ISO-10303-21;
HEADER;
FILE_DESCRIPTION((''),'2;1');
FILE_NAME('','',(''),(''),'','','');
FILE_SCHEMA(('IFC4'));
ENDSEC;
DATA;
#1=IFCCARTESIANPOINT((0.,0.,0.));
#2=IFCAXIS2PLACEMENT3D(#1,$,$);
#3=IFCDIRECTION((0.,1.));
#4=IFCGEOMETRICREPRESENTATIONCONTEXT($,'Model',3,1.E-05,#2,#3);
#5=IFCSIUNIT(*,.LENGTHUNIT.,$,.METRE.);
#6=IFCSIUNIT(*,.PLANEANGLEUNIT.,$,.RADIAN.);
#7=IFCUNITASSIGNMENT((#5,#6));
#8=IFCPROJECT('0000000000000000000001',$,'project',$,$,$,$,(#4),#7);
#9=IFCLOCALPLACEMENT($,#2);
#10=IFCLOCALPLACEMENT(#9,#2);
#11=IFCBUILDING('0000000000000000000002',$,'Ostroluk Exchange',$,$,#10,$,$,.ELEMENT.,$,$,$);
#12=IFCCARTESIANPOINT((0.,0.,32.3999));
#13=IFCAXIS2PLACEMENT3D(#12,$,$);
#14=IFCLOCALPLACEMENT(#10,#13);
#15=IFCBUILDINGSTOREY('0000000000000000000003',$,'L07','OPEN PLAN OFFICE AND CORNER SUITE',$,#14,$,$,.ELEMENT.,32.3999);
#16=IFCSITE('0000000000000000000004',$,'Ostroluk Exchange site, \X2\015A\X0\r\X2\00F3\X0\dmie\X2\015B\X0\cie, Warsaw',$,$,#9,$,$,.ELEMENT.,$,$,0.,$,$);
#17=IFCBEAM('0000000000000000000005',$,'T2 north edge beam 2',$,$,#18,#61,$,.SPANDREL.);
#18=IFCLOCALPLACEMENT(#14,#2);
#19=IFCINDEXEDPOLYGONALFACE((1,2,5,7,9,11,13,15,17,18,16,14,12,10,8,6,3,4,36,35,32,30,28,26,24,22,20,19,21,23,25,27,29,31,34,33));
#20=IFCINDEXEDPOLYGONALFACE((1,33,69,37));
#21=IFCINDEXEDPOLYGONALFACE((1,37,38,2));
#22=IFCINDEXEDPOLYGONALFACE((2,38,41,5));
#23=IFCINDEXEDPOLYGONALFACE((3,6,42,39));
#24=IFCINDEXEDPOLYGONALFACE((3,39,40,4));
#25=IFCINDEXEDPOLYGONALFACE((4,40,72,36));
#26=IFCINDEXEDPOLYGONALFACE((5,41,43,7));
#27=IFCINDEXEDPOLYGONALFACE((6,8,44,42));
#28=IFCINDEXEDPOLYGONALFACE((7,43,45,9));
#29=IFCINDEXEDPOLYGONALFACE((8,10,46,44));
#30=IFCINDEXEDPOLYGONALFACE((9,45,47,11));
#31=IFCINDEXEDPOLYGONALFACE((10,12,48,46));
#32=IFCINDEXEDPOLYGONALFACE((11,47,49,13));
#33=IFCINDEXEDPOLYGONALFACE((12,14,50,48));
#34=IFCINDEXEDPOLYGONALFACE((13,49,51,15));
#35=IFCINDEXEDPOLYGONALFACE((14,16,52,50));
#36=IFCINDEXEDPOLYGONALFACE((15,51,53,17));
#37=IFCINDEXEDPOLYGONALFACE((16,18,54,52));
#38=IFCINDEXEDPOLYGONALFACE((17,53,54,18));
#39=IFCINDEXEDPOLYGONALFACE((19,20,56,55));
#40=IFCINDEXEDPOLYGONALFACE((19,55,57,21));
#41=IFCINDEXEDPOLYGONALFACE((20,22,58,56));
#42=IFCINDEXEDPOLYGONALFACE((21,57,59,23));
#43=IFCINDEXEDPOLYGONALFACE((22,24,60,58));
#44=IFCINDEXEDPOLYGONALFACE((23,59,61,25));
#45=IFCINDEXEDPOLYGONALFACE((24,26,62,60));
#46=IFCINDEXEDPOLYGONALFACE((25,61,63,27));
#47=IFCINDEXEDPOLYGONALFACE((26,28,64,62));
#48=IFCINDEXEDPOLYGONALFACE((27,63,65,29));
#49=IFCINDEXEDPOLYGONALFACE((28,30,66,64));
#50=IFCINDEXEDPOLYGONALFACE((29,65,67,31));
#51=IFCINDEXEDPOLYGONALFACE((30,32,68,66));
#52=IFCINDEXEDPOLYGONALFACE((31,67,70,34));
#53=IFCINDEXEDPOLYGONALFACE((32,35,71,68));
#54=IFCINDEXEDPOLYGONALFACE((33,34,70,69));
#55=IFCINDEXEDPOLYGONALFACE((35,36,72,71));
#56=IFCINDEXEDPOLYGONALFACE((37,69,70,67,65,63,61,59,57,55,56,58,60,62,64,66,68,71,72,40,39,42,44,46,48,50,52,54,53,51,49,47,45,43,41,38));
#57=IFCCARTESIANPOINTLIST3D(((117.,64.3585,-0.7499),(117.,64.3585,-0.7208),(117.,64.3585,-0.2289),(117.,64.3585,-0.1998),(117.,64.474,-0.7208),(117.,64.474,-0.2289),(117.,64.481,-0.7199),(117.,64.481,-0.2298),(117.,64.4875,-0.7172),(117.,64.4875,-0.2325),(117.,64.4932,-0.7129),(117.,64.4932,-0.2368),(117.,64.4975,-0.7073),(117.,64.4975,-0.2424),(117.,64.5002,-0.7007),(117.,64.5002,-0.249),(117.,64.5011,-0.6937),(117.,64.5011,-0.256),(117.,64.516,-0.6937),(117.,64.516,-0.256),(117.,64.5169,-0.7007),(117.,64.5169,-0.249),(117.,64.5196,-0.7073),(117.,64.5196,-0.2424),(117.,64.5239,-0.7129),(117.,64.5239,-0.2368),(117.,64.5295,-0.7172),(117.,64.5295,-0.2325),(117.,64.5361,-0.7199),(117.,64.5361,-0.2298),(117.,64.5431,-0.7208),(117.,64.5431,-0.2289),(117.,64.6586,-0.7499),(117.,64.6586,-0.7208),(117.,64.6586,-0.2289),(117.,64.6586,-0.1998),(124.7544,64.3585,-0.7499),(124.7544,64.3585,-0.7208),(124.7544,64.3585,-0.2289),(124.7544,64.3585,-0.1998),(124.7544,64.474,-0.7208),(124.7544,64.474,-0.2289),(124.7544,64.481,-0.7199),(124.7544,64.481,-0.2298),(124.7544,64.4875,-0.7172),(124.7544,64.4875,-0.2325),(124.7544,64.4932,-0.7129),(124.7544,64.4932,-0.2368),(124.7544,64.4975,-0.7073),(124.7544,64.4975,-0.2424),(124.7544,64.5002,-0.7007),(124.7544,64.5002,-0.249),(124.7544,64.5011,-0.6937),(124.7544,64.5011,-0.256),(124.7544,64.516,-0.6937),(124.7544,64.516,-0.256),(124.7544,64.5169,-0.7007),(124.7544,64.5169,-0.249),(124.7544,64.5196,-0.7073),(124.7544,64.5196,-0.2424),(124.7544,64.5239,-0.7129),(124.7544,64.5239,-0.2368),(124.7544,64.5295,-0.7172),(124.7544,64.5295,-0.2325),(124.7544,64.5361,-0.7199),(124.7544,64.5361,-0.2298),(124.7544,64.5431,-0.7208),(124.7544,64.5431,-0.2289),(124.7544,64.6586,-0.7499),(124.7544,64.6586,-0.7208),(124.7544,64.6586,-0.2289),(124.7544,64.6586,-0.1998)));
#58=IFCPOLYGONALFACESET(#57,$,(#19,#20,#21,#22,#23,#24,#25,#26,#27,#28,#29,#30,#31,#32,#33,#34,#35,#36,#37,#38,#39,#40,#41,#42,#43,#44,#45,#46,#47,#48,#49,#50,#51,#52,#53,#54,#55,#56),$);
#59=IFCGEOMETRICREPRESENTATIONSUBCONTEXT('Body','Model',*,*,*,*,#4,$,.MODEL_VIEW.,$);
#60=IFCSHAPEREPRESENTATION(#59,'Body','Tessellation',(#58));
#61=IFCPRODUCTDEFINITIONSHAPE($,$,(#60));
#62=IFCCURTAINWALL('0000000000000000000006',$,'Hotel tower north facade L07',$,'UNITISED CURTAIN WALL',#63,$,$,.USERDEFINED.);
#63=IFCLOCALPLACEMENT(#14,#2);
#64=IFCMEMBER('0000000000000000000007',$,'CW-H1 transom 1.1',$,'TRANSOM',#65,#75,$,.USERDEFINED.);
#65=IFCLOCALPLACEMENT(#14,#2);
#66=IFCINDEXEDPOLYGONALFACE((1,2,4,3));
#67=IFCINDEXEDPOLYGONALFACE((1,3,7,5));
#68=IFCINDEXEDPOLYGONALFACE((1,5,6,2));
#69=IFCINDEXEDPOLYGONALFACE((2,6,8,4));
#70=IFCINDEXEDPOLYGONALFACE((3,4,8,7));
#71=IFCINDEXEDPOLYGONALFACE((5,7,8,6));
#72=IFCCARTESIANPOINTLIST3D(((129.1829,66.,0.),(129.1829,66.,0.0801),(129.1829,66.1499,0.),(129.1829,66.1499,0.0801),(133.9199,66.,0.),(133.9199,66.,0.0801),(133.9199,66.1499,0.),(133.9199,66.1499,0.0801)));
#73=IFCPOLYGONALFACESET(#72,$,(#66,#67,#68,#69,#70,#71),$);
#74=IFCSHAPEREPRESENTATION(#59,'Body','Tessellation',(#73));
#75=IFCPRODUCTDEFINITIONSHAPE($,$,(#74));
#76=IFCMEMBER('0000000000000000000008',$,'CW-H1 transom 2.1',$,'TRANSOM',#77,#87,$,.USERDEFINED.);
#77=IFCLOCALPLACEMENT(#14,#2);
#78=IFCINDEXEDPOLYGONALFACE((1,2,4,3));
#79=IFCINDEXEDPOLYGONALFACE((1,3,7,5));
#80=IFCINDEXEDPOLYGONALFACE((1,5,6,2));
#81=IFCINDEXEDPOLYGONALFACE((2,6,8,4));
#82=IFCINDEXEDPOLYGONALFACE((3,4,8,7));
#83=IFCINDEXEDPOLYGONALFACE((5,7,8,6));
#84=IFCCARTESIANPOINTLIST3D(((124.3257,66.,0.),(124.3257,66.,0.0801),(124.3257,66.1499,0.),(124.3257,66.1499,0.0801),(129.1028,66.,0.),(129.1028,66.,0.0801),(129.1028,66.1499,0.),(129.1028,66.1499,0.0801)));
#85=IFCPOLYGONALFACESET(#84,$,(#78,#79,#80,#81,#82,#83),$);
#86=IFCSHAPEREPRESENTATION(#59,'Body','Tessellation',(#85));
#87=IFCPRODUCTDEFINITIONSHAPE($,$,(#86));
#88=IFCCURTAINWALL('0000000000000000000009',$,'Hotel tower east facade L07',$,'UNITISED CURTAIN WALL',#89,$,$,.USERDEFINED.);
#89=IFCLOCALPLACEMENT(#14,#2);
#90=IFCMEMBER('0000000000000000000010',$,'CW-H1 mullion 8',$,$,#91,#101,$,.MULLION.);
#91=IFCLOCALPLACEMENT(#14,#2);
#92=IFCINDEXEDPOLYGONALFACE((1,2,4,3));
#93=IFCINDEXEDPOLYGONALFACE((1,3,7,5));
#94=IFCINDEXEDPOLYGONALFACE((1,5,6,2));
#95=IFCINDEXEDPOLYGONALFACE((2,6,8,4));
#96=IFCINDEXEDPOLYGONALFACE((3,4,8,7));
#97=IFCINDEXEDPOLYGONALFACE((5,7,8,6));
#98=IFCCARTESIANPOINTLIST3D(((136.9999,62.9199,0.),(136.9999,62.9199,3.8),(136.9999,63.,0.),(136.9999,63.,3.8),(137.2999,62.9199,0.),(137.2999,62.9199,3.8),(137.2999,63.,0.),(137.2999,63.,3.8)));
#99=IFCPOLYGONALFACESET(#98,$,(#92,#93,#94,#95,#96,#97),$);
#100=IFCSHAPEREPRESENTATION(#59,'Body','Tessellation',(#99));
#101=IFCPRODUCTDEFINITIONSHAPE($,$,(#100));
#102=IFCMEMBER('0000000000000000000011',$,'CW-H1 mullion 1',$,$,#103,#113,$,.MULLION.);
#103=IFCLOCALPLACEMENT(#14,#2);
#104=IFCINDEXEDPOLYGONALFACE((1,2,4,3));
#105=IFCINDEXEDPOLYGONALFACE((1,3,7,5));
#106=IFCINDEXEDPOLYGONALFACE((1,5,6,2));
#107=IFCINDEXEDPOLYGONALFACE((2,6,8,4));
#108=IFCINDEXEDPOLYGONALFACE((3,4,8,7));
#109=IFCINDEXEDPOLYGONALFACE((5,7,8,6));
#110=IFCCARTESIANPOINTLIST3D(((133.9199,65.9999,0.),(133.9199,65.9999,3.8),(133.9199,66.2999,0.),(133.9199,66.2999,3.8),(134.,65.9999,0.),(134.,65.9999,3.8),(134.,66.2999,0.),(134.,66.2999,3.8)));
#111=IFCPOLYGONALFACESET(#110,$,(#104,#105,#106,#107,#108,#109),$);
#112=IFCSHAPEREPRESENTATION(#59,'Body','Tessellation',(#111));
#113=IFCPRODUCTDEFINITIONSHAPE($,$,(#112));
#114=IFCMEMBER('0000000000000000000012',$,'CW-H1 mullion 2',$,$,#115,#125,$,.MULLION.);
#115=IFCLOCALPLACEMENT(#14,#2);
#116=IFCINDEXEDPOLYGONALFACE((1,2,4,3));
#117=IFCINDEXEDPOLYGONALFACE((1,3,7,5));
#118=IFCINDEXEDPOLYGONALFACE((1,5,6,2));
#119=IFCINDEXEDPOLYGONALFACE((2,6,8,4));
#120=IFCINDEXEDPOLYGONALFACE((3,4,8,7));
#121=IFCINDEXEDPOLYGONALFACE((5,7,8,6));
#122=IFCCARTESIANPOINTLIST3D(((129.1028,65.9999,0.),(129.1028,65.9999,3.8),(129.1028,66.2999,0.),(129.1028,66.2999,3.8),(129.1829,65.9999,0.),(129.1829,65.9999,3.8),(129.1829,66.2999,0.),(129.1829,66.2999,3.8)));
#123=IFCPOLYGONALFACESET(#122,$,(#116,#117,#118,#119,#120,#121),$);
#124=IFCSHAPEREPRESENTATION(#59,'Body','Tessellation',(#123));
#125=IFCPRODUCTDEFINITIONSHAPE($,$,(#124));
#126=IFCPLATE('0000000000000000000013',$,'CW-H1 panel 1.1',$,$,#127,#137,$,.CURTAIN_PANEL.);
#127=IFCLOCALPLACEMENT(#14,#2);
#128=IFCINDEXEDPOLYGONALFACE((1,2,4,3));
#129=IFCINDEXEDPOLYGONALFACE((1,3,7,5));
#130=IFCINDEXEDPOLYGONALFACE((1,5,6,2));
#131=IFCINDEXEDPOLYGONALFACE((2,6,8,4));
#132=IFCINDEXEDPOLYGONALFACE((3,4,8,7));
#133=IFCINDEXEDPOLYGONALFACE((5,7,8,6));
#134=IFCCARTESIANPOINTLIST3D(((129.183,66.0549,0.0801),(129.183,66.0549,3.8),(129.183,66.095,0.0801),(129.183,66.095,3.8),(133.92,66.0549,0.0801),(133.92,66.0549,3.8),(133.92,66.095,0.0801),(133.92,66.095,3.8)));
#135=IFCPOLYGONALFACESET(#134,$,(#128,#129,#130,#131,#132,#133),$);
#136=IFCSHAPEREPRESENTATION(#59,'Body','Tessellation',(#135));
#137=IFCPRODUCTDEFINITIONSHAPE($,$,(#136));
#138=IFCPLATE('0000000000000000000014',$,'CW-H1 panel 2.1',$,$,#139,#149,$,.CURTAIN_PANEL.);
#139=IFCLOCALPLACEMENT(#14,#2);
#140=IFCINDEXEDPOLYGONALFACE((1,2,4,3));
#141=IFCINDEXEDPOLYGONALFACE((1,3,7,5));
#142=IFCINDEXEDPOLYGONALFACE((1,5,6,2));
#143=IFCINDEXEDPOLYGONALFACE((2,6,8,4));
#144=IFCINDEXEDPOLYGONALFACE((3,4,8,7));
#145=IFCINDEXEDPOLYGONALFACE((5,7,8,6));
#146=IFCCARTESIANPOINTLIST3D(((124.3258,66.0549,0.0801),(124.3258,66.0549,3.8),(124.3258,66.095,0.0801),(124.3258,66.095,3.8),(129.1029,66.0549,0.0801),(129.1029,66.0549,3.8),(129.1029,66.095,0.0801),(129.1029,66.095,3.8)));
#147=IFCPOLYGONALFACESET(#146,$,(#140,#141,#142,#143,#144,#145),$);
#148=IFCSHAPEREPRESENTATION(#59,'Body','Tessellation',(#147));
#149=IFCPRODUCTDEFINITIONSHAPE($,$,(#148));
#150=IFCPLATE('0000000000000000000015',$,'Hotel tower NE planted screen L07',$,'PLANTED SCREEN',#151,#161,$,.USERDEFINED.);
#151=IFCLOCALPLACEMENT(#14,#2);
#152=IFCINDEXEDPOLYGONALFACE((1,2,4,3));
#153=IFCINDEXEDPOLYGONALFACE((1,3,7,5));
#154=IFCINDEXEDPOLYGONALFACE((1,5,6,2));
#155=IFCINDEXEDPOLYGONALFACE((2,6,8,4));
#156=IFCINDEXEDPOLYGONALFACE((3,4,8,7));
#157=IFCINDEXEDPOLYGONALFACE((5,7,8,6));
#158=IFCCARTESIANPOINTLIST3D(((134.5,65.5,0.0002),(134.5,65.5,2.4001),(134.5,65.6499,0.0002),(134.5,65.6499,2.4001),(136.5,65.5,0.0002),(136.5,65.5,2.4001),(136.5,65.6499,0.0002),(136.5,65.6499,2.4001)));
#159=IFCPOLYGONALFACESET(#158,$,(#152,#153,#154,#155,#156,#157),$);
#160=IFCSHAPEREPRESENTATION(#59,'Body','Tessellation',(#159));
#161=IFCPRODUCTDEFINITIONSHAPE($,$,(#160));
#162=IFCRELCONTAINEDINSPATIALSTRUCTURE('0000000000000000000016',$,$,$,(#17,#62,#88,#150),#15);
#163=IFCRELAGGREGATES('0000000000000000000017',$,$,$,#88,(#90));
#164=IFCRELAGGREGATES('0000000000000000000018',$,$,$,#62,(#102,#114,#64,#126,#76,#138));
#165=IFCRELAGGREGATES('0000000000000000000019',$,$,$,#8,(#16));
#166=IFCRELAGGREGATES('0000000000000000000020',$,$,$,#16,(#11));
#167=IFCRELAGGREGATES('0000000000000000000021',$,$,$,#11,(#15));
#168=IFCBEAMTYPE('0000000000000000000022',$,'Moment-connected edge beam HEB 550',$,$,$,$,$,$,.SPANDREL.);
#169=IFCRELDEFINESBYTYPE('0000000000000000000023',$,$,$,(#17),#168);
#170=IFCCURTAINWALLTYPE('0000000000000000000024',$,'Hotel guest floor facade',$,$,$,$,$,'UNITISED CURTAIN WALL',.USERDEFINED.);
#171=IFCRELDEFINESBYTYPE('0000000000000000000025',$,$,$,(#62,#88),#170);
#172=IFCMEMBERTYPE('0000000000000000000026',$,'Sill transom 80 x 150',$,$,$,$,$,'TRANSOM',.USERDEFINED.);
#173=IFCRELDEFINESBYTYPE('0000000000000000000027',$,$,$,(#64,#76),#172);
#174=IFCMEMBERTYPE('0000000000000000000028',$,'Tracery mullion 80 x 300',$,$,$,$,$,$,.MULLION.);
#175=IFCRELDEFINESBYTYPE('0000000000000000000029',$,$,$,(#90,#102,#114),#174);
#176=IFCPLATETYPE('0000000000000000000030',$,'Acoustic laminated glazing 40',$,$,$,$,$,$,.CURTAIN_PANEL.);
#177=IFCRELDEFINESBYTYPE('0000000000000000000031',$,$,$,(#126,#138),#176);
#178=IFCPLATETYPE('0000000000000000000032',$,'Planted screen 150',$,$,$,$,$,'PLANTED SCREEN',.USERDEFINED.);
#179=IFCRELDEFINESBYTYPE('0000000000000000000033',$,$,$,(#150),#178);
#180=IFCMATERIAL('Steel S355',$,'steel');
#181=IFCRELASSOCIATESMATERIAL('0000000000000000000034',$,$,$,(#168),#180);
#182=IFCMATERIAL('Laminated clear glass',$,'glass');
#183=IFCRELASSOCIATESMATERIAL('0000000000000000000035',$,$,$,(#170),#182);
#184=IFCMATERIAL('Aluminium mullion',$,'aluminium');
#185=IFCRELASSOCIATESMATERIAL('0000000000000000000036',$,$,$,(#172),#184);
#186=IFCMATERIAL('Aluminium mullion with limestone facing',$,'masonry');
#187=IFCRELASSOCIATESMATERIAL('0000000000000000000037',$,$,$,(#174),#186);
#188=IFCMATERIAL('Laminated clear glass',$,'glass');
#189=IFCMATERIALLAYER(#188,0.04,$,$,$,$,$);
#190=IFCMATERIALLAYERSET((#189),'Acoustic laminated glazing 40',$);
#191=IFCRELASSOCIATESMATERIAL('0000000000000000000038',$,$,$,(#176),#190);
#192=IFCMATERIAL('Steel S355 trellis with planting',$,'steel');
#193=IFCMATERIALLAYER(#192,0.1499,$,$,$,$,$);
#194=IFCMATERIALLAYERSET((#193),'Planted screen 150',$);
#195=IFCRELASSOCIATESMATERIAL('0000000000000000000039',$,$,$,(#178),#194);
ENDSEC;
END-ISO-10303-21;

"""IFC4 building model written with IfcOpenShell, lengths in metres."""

from ifc_helpers import new_model, si_unit, direction, frame, origin, origin_2d, place, context, subcontext, project, spatial, rectangle, i_section, extrude, material, layer, layer_set, material_profile, profile_set, type_object, element, aggregate, save


model = new_model("IFC4")

# Units and contexts
model_context = context("Model", 3, precision=1e-05, world=origin(), true_north=direction((0.0, 1.0)))
body_context = subcontext(model_context, "Body", "Model", "MODEL_VIEW")
ifc_project = project(units=[si_unit("LENGTHUNIT", "METRE"), si_unit("PLANEANGLEUNIT", "RADIAN")], contexts=[model_context])

# Site, building, storey
site_placement = place(None, origin())
site = spatial("IfcSite", under=ifc_project, at=site_placement, Name="Ostroluk Exchange site, Śródmieście, Warsaw", CompositionType="ELEMENT", RefElevation=0.0)
building_placement = place(site_placement, origin())
building = spatial("IfcBuilding", under=site, at=building_placement, Name="Ostroluk Exchange", CompositionType="ELEMENT")
storey_placement = place(building_placement, frame((0.0, 0.0, 32.3999)))
storey = spatial("IfcBuildingStorey", under=building, at=storey_placement, Name="L07", Description="OPEN PLAN OFFICE AND CORNER SUITE", CompositionType="ELEMENT", Elevation=32.3999)

# Beam
ifc_material_1 = material(Name="Steel S355", Category="steel")
ifc_material_profile_1 = material_profile(ifc_material_1, i_section(OverallWidth=0.3, OverallDepth=0.55, WebThickness=0.0149, FlangeThickness=0.0291, FilletRadius=0.0271, at=origin_2d()), Name="HEB 550")
ifc_profile_set_1 = profile_set([ifc_material_profile_1], Name="Steel S355")
beam_type_1 = type_object("IfcBeamType", Name="Moment-connected edge beam HEB 550", PredefinedType="SPANDREL", material=ifc_profile_set_1)
beam_1_placement = place(storey_placement, frame((124.7544, 64.5085, -0.4749), z_axis=(-1.0, 0.0, 0.0), x_axis=(0.0, -1.0, 0.0)))
element("IfcBeam", 1, at=beam_1_placement, inside=storey, type_object=beam_type_1, Name="T2 north edge beam 2", PredefinedType="SPANDREL", context=body_context, shape_type="SweptSolid", body=[
    extrude(i_section(OverallWidth=0.3, OverallDepth=0.55, WebThickness=0.0149, FlangeThickness=0.0291, FilletRadius=0.0271, at=origin_2d()), origin(), (0.0, 0.0, 1.0), 7.7544),
])

# Curtain wall, members
ifc_material_2 = material(Name="Laminated clear glass", Category="glass")
curtain_wall_type = type_object("IfcCurtainWallType", Name="Hotel guest floor facade", ElementType="UNITISED CURTAIN WALL", PredefinedType="USERDEFINED", material=ifc_material_2)
curtain_wall_1_placement = place(storey_placement, origin())
curtain_wall_1 = element("IfcCurtainWall", 2, at=curtain_wall_1_placement, inside=storey, type_object=curtain_wall_type, Name="Hotel tower north facade L07", ObjectType="UNITISED CURTAIN WALL", PredefinedType="USERDEFINED")
ifc_material_3 = material(Name="Aluminium mullion", Category="aluminium")
ifc_material_profile_2 = material_profile(ifc_material_3, rectangle(XDim=0.1499, YDim=0.0801, at=origin_2d()), Name="Sill transom 80 x 150")
ifc_profile_set_2 = profile_set([ifc_material_profile_2], Name="Aluminium mullion")
member_type_1 = type_object("IfcMemberType", Name="Sill transom 80 x 150", ElementType="TRANSOM", PredefinedType="USERDEFINED", material=ifc_profile_set_2)
member_1_placement = place(storey_placement, frame((133.9199, 66.075, 0.04), z_axis=(-1.0, 0.0, 0.0), x_axis=(0.0, -1.0, 0.0)))
member_1 = element("IfcMember", 3, at=member_1_placement, type_object=member_type_1, Name="CW-H1 transom 1.1", ObjectType="TRANSOM", PredefinedType="USERDEFINED", context=body_context, shape_type="SweptSolid", body=[
    extrude(rectangle(XDim=0.1499, YDim=0.0801, at=origin_2d()), origin(), (0.0, 0.0, 1.0), 4.7371),
])
member_2_placement = place(storey_placement, frame((129.1028, 66.075, 0.04), z_axis=(-1.0, 0.0, 0.0), x_axis=(0.0, -1.0, 0.0)))
member_2 = element("IfcMember", 4, at=member_2_placement, type_object=member_type_1, Name="CW-H1 transom 2.1", ObjectType="TRANSOM", PredefinedType="USERDEFINED", context=body_context, shape_type="SweptSolid", body=[
    extrude(rectangle(XDim=0.1499, YDim=0.0801, at=origin_2d()), origin(), (0.0, 0.0, 1.0), 4.7771),
])

# Curtain wall, member
curtain_wall_2_placement = place(storey_placement, origin())
curtain_wall_2 = element("IfcCurtainWall", 5, at=curtain_wall_2_placement, inside=storey, type_object=curtain_wall_type, Name="Hotel tower east facade L07", ObjectType="UNITISED CURTAIN WALL", PredefinedType="USERDEFINED")
ifc_material_4 = material(Name="Aluminium mullion with limestone facing", Category="masonry")
ifc_material_profile_3 = material_profile(ifc_material_4, rectangle(XDim=0.3, YDim=0.0801, at=origin_2d()), Name="Tracery mullion 80 x 300")
ifc_profile_set_3 = profile_set([ifc_material_profile_3], Name="Aluminium mullion with limestone facing")
member_type_2 = type_object("IfcMemberType", Name="Tracery mullion 80 x 300", PredefinedType="MULLION", material=ifc_profile_set_3)
member_3_placement = place(storey_placement, frame((137.1499, 62.96, 0.0), z_axis=(0.0, 0.0, 1.0), x_axis=(-1.0, 0.0, 0.0)))
member_3 = element("IfcMember", 6, at=member_3_placement, type_object=member_type_2, Name="CW-H1 mullion 8", PredefinedType="MULLION", context=body_context, shape_type="SweptSolid", body=[
    extrude(rectangle(XDim=0.3, YDim=0.0801, at=origin_2d()), origin(), (0.0, 0.0, 1.0), 3.8),
])
aggregate(curtain_wall_2, [member_3])

# Members
member_4_placement = place(storey_placement, frame((133.96, 66.1499, 0.0), z_axis=(0.0, 0.0, 1.0), x_axis=(0.0, -1.0, 0.0)))
member_4 = element("IfcMember", 7, at=member_4_placement, type_object=member_type_2, Name="CW-H1 mullion 1", PredefinedType="MULLION", context=body_context, shape_type="SweptSolid", body=[
    extrude(rectangle(XDim=0.3, YDim=0.0801, at=origin_2d()), origin(), (0.0, 0.0, 1.0), 3.8),
])
member_5_placement = place(storey_placement, frame((129.1428, 66.1499, 0.0), z_axis=(0.0, 0.0, 1.0), x_axis=(0.0, -1.0, 0.0)))
member_5 = element("IfcMember", 8, at=member_5_placement, type_object=member_type_2, Name="CW-H1 mullion 2", PredefinedType="MULLION", context=body_context, shape_type="SweptSolid", body=[
    extrude(rectangle(XDim=0.3, YDim=0.0801, at=origin_2d()), origin(), (0.0, 0.0, 1.0), 3.8),
])

# Plates
ifc_material_5 = material(Name="Laminated clear glass", Category="glass")
ifc_layer_1 = layer(ifc_material_5, 0.04)
ifc_layer_set_1 = layer_set([ifc_layer_1], Name="Acoustic laminated glazing 40")
plate_type_1 = type_object("IfcPlateType", Name="Acoustic laminated glazing 40", PredefinedType="CURTAIN_PANEL", material=ifc_layer_set_1)
plate_1_placement = place(storey_placement, frame((131.5515, 66.075, 0.0801), z_axis=(0.0, 0.0, 1.0), x_axis=(-1.0, 0.0, 0.0)))
plate_1 = element("IfcPlate", 9, at=plate_1_placement, type_object=plate_type_1, Name="CW-H1 panel 1.1", PredefinedType="CURTAIN_PANEL", context=body_context, shape_type="SweptSolid", body=[
    extrude(rectangle(XDim=4.7371, YDim=0.04, at=origin_2d()), origin(), (0.0, 0.0, 1.0), 3.72),
])
plate_2_placement = place(storey_placement, frame((126.7144, 66.075, 0.0801), z_axis=(0.0, 0.0, 1.0), x_axis=(-1.0, 0.0, 0.0)))
plate_2 = element("IfcPlate", 10, at=plate_2_placement, type_object=plate_type_1, Name="CW-H1 panel 2.1", PredefinedType="CURTAIN_PANEL", context=body_context, shape_type="SweptSolid", body=[
    extrude(rectangle(XDim=4.7771, YDim=0.04, at=origin_2d()), origin(), (0.0, 0.0, 1.0), 3.72),
])
aggregate(curtain_wall_1, [member_4, member_5, member_1, plate_1, member_2, plate_2])
ifc_material_6 = material(Name="Steel S355 trellis with planting", Category="steel")
ifc_layer_2 = layer(ifc_material_6, 0.1499)
ifc_layer_set_2 = layer_set([ifc_layer_2], Name="Planted screen 150")
plate_type_2 = type_object("IfcPlateType", Name="Planted screen 150", ElementType="PLANTED SCREEN", PredefinedType="USERDEFINED", material=ifc_layer_set_2)
plate_3_placement = place(storey_placement, frame((135.5, 65.575, 0.0002), z_axis=(0.0, 0.0, 1.0), x_axis=(1.0, 0.0, 0.0)))
element("IfcPlate", 11, at=plate_3_placement, inside=storey, type_object=plate_type_2, Name="Hotel tower NE planted screen L07", ObjectType="PLANTED SCREEN", PredefinedType="USERDEFINED", context=body_context, shape_type="SweptSolid", body=[
    extrude(rectangle(XDim=2.0, YDim=0.1499, at=origin_2d()), origin(), (0.0, 0.0, 1.0), 2.3999),
])

save(model, "model.ifc")
